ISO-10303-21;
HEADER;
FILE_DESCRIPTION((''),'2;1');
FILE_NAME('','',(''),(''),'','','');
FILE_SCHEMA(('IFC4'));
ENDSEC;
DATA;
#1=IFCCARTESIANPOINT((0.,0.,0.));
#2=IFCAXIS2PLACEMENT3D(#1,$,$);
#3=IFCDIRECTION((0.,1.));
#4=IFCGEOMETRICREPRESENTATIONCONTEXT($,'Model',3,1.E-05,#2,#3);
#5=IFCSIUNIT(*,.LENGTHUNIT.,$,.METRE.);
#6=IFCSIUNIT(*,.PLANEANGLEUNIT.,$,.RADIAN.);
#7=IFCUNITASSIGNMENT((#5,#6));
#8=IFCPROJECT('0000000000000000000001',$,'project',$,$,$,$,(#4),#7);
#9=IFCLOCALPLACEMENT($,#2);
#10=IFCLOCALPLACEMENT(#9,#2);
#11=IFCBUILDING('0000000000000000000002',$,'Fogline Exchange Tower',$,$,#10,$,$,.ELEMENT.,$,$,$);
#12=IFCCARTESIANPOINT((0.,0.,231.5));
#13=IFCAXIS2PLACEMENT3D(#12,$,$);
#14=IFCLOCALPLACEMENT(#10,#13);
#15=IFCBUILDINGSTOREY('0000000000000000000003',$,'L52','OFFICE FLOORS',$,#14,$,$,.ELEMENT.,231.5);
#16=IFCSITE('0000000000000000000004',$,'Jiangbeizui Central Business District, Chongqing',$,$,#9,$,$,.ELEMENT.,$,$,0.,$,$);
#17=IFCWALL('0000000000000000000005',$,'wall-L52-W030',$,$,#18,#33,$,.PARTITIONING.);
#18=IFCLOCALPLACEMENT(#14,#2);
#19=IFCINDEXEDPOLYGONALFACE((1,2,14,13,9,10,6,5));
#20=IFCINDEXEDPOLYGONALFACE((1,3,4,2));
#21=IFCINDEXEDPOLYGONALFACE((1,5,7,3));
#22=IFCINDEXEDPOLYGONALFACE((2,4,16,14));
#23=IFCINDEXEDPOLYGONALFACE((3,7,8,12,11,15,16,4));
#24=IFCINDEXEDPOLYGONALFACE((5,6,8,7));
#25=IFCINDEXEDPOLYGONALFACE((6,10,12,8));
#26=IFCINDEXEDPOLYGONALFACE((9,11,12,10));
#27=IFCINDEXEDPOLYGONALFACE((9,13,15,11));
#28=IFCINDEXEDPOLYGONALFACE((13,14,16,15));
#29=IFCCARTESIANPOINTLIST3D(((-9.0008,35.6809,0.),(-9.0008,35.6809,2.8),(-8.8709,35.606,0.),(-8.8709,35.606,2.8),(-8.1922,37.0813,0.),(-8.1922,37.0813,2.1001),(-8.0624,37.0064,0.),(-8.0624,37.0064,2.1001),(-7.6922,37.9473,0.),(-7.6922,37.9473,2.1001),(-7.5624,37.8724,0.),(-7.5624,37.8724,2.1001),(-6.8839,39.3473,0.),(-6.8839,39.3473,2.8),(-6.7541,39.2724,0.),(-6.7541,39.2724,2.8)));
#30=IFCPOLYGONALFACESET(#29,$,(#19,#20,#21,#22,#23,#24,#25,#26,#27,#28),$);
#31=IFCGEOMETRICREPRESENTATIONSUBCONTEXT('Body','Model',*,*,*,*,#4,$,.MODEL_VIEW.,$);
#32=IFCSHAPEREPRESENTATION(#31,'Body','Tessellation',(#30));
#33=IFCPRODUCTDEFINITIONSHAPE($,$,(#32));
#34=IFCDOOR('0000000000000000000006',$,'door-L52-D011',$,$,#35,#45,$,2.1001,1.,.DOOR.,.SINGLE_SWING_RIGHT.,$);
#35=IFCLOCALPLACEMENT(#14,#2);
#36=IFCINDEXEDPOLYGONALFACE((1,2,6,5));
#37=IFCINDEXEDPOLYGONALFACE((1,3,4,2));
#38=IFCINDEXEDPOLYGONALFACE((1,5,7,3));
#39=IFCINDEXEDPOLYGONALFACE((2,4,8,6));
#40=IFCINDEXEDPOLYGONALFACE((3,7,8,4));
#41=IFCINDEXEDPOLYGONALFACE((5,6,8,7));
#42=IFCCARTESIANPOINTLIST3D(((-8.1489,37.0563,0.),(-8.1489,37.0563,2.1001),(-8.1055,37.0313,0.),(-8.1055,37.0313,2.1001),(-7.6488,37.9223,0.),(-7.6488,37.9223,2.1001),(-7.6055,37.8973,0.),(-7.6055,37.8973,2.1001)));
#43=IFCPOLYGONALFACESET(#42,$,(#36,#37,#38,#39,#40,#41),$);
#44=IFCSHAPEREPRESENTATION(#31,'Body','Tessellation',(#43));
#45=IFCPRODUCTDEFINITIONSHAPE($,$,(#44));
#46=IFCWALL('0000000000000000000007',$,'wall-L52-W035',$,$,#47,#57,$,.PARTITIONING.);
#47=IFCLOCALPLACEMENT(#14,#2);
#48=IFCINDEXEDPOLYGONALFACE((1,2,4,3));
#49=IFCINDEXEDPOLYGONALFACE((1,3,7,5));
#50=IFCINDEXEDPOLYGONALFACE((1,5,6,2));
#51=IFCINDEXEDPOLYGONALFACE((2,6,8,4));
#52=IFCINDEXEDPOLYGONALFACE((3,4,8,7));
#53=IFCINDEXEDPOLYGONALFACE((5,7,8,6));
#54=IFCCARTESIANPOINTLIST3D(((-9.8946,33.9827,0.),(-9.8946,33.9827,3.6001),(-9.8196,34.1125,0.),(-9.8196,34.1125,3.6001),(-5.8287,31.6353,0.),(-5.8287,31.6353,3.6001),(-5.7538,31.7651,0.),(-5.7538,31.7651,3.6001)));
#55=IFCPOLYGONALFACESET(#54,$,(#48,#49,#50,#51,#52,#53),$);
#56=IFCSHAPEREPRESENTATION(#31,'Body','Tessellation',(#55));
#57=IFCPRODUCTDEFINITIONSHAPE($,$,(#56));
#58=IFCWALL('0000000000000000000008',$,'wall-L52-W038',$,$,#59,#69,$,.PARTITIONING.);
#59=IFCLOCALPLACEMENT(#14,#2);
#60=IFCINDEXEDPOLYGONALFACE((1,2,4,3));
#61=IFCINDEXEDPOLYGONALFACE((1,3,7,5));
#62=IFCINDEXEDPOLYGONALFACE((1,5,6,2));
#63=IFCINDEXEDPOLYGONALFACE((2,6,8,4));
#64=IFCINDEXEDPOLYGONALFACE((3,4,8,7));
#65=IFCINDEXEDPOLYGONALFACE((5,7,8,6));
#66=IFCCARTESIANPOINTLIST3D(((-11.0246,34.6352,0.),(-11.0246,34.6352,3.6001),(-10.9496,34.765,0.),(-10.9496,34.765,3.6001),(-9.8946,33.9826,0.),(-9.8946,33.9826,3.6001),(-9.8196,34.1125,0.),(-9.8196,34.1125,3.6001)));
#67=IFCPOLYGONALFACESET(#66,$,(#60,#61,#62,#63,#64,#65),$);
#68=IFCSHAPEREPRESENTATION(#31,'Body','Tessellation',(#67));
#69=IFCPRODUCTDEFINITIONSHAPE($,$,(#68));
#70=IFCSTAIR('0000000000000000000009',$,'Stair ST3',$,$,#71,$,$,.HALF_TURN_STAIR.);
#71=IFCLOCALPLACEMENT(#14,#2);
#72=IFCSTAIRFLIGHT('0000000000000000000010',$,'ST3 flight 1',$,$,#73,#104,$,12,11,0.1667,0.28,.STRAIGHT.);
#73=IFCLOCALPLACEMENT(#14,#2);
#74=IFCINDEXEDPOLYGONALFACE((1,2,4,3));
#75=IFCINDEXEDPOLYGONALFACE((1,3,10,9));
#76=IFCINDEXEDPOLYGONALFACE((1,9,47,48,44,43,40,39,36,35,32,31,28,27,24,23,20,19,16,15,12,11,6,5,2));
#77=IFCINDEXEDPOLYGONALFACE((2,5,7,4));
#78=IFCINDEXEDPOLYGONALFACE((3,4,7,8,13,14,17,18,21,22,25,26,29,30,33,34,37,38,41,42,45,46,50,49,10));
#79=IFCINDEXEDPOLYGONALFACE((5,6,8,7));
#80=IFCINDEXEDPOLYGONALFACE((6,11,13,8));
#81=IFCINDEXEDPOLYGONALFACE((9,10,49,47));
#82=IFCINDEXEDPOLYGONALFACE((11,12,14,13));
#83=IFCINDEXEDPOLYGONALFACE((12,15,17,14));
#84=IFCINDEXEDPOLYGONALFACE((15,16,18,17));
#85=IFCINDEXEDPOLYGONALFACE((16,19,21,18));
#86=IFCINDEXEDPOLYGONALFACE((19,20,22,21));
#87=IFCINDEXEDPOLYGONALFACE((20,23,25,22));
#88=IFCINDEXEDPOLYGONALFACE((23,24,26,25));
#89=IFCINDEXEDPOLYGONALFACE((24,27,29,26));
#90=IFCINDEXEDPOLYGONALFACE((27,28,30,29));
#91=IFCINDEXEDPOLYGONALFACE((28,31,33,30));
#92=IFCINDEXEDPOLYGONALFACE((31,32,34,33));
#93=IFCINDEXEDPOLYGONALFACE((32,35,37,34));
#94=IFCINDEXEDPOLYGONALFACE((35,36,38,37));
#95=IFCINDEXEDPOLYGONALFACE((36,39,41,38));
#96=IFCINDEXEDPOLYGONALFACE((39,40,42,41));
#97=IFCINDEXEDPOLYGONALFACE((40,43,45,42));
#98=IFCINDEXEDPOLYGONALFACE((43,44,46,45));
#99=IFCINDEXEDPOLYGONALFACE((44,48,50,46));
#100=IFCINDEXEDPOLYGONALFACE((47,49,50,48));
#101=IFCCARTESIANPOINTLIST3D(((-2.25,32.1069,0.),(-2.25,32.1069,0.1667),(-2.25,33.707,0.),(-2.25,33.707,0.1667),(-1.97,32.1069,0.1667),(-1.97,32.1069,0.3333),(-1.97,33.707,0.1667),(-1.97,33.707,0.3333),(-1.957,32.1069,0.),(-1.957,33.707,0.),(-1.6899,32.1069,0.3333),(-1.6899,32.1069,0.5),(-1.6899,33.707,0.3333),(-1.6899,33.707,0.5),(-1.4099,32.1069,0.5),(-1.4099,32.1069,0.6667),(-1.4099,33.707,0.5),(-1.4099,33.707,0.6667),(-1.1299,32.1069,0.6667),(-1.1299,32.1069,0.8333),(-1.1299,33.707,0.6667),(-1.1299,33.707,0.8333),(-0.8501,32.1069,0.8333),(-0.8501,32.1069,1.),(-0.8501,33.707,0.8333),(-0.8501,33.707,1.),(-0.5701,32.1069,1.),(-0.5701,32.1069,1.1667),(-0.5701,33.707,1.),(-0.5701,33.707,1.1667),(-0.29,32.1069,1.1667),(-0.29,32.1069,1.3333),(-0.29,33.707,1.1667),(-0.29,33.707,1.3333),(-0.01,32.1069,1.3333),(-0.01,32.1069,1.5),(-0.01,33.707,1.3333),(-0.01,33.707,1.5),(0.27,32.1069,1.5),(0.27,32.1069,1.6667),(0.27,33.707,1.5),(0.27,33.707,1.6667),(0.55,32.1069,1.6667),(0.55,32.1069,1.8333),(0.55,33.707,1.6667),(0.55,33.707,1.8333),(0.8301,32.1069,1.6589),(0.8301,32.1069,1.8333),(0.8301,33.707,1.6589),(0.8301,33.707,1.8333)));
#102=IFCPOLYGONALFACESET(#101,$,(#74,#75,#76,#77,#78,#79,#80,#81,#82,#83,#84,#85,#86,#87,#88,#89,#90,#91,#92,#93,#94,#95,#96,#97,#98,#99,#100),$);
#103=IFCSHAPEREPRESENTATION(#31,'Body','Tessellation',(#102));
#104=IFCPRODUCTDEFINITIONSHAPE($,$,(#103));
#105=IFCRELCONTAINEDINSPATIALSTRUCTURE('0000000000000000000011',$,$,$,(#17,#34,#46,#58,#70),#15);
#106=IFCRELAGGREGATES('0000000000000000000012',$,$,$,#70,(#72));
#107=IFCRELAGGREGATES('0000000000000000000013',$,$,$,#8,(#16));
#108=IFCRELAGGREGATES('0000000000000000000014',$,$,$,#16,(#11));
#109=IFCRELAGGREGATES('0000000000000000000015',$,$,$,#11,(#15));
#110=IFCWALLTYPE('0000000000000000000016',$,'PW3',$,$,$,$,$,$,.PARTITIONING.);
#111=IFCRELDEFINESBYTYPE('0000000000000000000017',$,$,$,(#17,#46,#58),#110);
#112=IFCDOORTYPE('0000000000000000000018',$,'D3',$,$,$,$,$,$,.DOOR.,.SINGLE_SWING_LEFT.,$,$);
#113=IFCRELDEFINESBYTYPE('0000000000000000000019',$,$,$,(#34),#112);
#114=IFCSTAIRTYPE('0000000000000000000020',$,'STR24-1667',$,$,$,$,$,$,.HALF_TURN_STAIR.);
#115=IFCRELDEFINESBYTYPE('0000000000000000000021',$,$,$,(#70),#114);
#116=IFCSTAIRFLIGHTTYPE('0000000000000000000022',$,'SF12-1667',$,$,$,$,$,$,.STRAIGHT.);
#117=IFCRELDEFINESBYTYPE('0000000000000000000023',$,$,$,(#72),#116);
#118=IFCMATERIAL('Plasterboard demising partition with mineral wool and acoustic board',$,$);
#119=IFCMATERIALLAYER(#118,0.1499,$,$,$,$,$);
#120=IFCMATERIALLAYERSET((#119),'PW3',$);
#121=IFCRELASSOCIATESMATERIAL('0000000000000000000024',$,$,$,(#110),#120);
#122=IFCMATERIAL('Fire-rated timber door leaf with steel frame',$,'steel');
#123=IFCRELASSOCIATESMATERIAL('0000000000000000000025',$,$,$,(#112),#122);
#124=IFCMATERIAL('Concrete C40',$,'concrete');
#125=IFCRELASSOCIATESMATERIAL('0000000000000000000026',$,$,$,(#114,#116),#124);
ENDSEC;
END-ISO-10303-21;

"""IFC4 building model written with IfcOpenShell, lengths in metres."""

from ifc_helpers import new_model, si_unit, direction, frame, frame_2d, origin, place, context, subcontext, project, spatial, polyline, rectangle, outline, extrude, material, layer, layer_set, type_object, element, fill, aggregate, save


model = new_model("IFC4")

# Units and contexts
model_context = context("Model", 3, precision=1e-05, world=origin(), true_north=direction((0.0, 1.0)))
body_context = subcontext(model_context, "Body", "Model", "MODEL_VIEW")
ifc_project = project(units=[si_unit("LENGTHUNIT", "METRE"), si_unit("PLANEANGLEUNIT", "RADIAN")], contexts=[model_context])

# Site, building, storey
site_placement = place(None, origin())
site = spatial("IfcSite", under=ifc_project, at=site_placement, Name="Jiangbeizui Central Business District, Chongqing", CompositionType="ELEMENT", RefElevation=0.0)
building_placement = place(site_placement, origin())
building = spatial("IfcBuilding", under=site, at=building_placement, Name="Fogline Exchange Tower", CompositionType="ELEMENT")
storey_placement = place(building_placement, frame((0.0, 0.0, 231.5)))
storey = spatial("IfcBuildingStorey", under=building, at=storey_placement, Name="L52", Description="OFFICE FLOORS", CompositionType="ELEMENT", Elevation=231.5)

# Shared definitions
ifc_material_1 = material(Name="Concrete C40", Category="concrete")

# Shared definitions
ifc_material_2 = material(Name="Plasterboard demising partition with mineral wool and acoustic board")
ifc_layer_1 = layer(ifc_material_2, 0.1499)
ifc_layer_set_1 = layer_set([ifc_layer_1], Name="PW3")
wall_type_1 = type_object("IfcWallType", Name="PW3", PredefinedType="PARTITIONING", material=ifc_layer_set_1)

# Wall, opening, door
wall_1_placement = place(storey_placement, frame((-8.9358, 35.6436, 0.0), z_axis=(0.0, 0.0, 1.0), x_axis=(0.500015, 0.866017, 0.0)))
wall_1 = element("IfcWall", 1, at=wall_1_placement, inside=storey, type_object=wall_type_1, Name="wall-L52-W030", PredefinedType="PARTITIONING", context=body_context, shape_type="SweptSolid", body=[
    extrude(rectangle(XDim=4.2336, YDim=0.1499, at=frame_2d((2.1167, 0.0))), origin(), (0.0, 0.0, 1.0), 2.8),
])
opening_1_placement = place(wall_1_placement, frame((1.6169, 0.0, 0.0)))
opening_1 = element("IfcOpeningElement", 2, at=opening_1_placement, cuts=wall_1, PredefinedType="OPENING", context=body_context, shape_type="SweptSolid", body=[
    extrude(rectangle(XDim=1.0, YDim=2.1001, at=frame_2d((0.5, 1.05))), frame((0.0, 0.085, 0.0), z_axis=(0.0, -1.0, 0.0), x_axis=(1.0, 0.0, 0.0)), (0.0, 0.0, 1.0), 0.1699),
])
ifc_material_3 = material(Name="Fire-rated timber door leaf with steel frame", Category="steel")
door_type_1 = type_object("IfcDoorType", Name="D3", OperationType="SINGLE_SWING_LEFT", PredefinedType="DOOR", material=ifc_material_3)
door_1_placement = place(opening_1_placement, origin())
door_1 = element("IfcDoor", 3, at=door_1_placement, inside=storey, type_object=door_type_1, Name="door-L52-D011", OperationType="SINGLE_SWING_RIGHT", OverallHeight=2.1001, OverallWidth=1.0, PredefinedType="DOOR", context=body_context, shape_type="SweptSolid", body=[
    extrude(rectangle(XDim=1.0, YDim=2.1001, at=frame_2d((0.5, 1.05))), frame((0.0, 0.0249, 0.0), z_axis=(0.0, -1.0, 0.0), x_axis=(1.0, 0.0, 0.0)), (0.0, 0.0, 1.0), 0.05),
])
fill(opening_1, door_1)

# Walls
wall_2_placement = place(storey_placement, frame((-5.7913, 31.7002, 0.0), z_axis=(0.0, 0.0, 1.0), x_axis=(-0.86603, 0.499993, 0.0)))
element("IfcWall", 4, at=wall_2_placement, inside=storey, type_object=wall_type_1, Name="wall-L52-W035", PredefinedType="PARTITIONING", context=body_context, shape_type="SweptSolid", body=[
    extrude(rectangle(XDim=4.6948, YDim=0.1499, at=frame_2d((2.3474, 0.0))), origin(), (0.0, 0.0, 1.0), 3.6001),
])
wall_3_placement = place(storey_placement, frame((-9.8572, 34.0476, 0.0), z_axis=(0.0, 0.0, 1.0), x_axis=(-0.865989, 0.500063, 0.0)))
element("IfcWall", 5, at=wall_3_placement, inside=storey, type_object=wall_type_1, Name="wall-L52-W038", PredefinedType="PARTITIONING", context=body_context, shape_type="SweptSolid", body=[
    extrude(rectangle(XDim=1.3049, YDim=0.1499, at=frame_2d((0.6523, 0.0))), origin(), (0.0, 0.0, 1.0), 3.6001),
])

# Stair, stair flight
stair_type = type_object("IfcStairType", Name="STR24-1667", PredefinedType="HALF_TURN_STAIR", material=ifc_material_1)
stair_placement = place(storey_placement, origin())
stair = element("IfcStair", 6, at=stair_placement, inside=storey, type_object=stair_type, Name="Stair ST3", PredefinedType="HALF_TURN_STAIR")
stair_flight_type = type_object("IfcStairFlightType", Name="SF12-1667", PredefinedType="STRAIGHT", material=ifc_material_1)
stair_flight_placement = place(storey_placement, frame((-2.25, 32.907, 0.0), z_axis=(0.0, 0.0, 1.0), x_axis=(1.0, 0.0, 0.0)))
stair_flight = element("IfcStairFlight", 7, at=stair_flight_placement, type_object=stair_flight_type, Name="ST3 flight 1", NumberOfRisers=12, NumberOfTreads=11, PredefinedType="STRAIGHT", RiserHeight=0.1667, TreadLength=0.28, context=body_context, shape_type="SweptSolid", body=[
    extrude(outline(polyline([(0.0, 0.0), (0.0, 0.1667), (0.28, 0.1667), (0.28, 0.3333), (0.5601, 0.3333), (0.5601, 0.5), (0.8401, 0.5), (0.8401, 0.6667), (1.1201, 0.6667), (1.1201, 0.8333), (1.3999, 0.8333), (1.3999, 1.0), (1.6799, 1.0), (1.6799, 1.1667), (1.96, 1.1667), (1.96, 1.3333), (2.24, 1.3333), (2.24, 1.5), (2.52, 1.5), (2.52, 1.6667), (2.8, 1.6667), (2.8, 1.8333), (3.0801, 1.8333), (3.0801, 2.0), (3.0801, 1.6589), (0.293, 0.0), (0.0, 0.0)])), frame((0.0, 0.8, 0.0), z_axis=(0.0, -1.0, 0.0), x_axis=(1.0, 0.0, 0.0)), (0.0, 0.0, 1.0), 1.6001),
])
aggregate(stair, [stair_flight])

save(model, "model.ifc")
